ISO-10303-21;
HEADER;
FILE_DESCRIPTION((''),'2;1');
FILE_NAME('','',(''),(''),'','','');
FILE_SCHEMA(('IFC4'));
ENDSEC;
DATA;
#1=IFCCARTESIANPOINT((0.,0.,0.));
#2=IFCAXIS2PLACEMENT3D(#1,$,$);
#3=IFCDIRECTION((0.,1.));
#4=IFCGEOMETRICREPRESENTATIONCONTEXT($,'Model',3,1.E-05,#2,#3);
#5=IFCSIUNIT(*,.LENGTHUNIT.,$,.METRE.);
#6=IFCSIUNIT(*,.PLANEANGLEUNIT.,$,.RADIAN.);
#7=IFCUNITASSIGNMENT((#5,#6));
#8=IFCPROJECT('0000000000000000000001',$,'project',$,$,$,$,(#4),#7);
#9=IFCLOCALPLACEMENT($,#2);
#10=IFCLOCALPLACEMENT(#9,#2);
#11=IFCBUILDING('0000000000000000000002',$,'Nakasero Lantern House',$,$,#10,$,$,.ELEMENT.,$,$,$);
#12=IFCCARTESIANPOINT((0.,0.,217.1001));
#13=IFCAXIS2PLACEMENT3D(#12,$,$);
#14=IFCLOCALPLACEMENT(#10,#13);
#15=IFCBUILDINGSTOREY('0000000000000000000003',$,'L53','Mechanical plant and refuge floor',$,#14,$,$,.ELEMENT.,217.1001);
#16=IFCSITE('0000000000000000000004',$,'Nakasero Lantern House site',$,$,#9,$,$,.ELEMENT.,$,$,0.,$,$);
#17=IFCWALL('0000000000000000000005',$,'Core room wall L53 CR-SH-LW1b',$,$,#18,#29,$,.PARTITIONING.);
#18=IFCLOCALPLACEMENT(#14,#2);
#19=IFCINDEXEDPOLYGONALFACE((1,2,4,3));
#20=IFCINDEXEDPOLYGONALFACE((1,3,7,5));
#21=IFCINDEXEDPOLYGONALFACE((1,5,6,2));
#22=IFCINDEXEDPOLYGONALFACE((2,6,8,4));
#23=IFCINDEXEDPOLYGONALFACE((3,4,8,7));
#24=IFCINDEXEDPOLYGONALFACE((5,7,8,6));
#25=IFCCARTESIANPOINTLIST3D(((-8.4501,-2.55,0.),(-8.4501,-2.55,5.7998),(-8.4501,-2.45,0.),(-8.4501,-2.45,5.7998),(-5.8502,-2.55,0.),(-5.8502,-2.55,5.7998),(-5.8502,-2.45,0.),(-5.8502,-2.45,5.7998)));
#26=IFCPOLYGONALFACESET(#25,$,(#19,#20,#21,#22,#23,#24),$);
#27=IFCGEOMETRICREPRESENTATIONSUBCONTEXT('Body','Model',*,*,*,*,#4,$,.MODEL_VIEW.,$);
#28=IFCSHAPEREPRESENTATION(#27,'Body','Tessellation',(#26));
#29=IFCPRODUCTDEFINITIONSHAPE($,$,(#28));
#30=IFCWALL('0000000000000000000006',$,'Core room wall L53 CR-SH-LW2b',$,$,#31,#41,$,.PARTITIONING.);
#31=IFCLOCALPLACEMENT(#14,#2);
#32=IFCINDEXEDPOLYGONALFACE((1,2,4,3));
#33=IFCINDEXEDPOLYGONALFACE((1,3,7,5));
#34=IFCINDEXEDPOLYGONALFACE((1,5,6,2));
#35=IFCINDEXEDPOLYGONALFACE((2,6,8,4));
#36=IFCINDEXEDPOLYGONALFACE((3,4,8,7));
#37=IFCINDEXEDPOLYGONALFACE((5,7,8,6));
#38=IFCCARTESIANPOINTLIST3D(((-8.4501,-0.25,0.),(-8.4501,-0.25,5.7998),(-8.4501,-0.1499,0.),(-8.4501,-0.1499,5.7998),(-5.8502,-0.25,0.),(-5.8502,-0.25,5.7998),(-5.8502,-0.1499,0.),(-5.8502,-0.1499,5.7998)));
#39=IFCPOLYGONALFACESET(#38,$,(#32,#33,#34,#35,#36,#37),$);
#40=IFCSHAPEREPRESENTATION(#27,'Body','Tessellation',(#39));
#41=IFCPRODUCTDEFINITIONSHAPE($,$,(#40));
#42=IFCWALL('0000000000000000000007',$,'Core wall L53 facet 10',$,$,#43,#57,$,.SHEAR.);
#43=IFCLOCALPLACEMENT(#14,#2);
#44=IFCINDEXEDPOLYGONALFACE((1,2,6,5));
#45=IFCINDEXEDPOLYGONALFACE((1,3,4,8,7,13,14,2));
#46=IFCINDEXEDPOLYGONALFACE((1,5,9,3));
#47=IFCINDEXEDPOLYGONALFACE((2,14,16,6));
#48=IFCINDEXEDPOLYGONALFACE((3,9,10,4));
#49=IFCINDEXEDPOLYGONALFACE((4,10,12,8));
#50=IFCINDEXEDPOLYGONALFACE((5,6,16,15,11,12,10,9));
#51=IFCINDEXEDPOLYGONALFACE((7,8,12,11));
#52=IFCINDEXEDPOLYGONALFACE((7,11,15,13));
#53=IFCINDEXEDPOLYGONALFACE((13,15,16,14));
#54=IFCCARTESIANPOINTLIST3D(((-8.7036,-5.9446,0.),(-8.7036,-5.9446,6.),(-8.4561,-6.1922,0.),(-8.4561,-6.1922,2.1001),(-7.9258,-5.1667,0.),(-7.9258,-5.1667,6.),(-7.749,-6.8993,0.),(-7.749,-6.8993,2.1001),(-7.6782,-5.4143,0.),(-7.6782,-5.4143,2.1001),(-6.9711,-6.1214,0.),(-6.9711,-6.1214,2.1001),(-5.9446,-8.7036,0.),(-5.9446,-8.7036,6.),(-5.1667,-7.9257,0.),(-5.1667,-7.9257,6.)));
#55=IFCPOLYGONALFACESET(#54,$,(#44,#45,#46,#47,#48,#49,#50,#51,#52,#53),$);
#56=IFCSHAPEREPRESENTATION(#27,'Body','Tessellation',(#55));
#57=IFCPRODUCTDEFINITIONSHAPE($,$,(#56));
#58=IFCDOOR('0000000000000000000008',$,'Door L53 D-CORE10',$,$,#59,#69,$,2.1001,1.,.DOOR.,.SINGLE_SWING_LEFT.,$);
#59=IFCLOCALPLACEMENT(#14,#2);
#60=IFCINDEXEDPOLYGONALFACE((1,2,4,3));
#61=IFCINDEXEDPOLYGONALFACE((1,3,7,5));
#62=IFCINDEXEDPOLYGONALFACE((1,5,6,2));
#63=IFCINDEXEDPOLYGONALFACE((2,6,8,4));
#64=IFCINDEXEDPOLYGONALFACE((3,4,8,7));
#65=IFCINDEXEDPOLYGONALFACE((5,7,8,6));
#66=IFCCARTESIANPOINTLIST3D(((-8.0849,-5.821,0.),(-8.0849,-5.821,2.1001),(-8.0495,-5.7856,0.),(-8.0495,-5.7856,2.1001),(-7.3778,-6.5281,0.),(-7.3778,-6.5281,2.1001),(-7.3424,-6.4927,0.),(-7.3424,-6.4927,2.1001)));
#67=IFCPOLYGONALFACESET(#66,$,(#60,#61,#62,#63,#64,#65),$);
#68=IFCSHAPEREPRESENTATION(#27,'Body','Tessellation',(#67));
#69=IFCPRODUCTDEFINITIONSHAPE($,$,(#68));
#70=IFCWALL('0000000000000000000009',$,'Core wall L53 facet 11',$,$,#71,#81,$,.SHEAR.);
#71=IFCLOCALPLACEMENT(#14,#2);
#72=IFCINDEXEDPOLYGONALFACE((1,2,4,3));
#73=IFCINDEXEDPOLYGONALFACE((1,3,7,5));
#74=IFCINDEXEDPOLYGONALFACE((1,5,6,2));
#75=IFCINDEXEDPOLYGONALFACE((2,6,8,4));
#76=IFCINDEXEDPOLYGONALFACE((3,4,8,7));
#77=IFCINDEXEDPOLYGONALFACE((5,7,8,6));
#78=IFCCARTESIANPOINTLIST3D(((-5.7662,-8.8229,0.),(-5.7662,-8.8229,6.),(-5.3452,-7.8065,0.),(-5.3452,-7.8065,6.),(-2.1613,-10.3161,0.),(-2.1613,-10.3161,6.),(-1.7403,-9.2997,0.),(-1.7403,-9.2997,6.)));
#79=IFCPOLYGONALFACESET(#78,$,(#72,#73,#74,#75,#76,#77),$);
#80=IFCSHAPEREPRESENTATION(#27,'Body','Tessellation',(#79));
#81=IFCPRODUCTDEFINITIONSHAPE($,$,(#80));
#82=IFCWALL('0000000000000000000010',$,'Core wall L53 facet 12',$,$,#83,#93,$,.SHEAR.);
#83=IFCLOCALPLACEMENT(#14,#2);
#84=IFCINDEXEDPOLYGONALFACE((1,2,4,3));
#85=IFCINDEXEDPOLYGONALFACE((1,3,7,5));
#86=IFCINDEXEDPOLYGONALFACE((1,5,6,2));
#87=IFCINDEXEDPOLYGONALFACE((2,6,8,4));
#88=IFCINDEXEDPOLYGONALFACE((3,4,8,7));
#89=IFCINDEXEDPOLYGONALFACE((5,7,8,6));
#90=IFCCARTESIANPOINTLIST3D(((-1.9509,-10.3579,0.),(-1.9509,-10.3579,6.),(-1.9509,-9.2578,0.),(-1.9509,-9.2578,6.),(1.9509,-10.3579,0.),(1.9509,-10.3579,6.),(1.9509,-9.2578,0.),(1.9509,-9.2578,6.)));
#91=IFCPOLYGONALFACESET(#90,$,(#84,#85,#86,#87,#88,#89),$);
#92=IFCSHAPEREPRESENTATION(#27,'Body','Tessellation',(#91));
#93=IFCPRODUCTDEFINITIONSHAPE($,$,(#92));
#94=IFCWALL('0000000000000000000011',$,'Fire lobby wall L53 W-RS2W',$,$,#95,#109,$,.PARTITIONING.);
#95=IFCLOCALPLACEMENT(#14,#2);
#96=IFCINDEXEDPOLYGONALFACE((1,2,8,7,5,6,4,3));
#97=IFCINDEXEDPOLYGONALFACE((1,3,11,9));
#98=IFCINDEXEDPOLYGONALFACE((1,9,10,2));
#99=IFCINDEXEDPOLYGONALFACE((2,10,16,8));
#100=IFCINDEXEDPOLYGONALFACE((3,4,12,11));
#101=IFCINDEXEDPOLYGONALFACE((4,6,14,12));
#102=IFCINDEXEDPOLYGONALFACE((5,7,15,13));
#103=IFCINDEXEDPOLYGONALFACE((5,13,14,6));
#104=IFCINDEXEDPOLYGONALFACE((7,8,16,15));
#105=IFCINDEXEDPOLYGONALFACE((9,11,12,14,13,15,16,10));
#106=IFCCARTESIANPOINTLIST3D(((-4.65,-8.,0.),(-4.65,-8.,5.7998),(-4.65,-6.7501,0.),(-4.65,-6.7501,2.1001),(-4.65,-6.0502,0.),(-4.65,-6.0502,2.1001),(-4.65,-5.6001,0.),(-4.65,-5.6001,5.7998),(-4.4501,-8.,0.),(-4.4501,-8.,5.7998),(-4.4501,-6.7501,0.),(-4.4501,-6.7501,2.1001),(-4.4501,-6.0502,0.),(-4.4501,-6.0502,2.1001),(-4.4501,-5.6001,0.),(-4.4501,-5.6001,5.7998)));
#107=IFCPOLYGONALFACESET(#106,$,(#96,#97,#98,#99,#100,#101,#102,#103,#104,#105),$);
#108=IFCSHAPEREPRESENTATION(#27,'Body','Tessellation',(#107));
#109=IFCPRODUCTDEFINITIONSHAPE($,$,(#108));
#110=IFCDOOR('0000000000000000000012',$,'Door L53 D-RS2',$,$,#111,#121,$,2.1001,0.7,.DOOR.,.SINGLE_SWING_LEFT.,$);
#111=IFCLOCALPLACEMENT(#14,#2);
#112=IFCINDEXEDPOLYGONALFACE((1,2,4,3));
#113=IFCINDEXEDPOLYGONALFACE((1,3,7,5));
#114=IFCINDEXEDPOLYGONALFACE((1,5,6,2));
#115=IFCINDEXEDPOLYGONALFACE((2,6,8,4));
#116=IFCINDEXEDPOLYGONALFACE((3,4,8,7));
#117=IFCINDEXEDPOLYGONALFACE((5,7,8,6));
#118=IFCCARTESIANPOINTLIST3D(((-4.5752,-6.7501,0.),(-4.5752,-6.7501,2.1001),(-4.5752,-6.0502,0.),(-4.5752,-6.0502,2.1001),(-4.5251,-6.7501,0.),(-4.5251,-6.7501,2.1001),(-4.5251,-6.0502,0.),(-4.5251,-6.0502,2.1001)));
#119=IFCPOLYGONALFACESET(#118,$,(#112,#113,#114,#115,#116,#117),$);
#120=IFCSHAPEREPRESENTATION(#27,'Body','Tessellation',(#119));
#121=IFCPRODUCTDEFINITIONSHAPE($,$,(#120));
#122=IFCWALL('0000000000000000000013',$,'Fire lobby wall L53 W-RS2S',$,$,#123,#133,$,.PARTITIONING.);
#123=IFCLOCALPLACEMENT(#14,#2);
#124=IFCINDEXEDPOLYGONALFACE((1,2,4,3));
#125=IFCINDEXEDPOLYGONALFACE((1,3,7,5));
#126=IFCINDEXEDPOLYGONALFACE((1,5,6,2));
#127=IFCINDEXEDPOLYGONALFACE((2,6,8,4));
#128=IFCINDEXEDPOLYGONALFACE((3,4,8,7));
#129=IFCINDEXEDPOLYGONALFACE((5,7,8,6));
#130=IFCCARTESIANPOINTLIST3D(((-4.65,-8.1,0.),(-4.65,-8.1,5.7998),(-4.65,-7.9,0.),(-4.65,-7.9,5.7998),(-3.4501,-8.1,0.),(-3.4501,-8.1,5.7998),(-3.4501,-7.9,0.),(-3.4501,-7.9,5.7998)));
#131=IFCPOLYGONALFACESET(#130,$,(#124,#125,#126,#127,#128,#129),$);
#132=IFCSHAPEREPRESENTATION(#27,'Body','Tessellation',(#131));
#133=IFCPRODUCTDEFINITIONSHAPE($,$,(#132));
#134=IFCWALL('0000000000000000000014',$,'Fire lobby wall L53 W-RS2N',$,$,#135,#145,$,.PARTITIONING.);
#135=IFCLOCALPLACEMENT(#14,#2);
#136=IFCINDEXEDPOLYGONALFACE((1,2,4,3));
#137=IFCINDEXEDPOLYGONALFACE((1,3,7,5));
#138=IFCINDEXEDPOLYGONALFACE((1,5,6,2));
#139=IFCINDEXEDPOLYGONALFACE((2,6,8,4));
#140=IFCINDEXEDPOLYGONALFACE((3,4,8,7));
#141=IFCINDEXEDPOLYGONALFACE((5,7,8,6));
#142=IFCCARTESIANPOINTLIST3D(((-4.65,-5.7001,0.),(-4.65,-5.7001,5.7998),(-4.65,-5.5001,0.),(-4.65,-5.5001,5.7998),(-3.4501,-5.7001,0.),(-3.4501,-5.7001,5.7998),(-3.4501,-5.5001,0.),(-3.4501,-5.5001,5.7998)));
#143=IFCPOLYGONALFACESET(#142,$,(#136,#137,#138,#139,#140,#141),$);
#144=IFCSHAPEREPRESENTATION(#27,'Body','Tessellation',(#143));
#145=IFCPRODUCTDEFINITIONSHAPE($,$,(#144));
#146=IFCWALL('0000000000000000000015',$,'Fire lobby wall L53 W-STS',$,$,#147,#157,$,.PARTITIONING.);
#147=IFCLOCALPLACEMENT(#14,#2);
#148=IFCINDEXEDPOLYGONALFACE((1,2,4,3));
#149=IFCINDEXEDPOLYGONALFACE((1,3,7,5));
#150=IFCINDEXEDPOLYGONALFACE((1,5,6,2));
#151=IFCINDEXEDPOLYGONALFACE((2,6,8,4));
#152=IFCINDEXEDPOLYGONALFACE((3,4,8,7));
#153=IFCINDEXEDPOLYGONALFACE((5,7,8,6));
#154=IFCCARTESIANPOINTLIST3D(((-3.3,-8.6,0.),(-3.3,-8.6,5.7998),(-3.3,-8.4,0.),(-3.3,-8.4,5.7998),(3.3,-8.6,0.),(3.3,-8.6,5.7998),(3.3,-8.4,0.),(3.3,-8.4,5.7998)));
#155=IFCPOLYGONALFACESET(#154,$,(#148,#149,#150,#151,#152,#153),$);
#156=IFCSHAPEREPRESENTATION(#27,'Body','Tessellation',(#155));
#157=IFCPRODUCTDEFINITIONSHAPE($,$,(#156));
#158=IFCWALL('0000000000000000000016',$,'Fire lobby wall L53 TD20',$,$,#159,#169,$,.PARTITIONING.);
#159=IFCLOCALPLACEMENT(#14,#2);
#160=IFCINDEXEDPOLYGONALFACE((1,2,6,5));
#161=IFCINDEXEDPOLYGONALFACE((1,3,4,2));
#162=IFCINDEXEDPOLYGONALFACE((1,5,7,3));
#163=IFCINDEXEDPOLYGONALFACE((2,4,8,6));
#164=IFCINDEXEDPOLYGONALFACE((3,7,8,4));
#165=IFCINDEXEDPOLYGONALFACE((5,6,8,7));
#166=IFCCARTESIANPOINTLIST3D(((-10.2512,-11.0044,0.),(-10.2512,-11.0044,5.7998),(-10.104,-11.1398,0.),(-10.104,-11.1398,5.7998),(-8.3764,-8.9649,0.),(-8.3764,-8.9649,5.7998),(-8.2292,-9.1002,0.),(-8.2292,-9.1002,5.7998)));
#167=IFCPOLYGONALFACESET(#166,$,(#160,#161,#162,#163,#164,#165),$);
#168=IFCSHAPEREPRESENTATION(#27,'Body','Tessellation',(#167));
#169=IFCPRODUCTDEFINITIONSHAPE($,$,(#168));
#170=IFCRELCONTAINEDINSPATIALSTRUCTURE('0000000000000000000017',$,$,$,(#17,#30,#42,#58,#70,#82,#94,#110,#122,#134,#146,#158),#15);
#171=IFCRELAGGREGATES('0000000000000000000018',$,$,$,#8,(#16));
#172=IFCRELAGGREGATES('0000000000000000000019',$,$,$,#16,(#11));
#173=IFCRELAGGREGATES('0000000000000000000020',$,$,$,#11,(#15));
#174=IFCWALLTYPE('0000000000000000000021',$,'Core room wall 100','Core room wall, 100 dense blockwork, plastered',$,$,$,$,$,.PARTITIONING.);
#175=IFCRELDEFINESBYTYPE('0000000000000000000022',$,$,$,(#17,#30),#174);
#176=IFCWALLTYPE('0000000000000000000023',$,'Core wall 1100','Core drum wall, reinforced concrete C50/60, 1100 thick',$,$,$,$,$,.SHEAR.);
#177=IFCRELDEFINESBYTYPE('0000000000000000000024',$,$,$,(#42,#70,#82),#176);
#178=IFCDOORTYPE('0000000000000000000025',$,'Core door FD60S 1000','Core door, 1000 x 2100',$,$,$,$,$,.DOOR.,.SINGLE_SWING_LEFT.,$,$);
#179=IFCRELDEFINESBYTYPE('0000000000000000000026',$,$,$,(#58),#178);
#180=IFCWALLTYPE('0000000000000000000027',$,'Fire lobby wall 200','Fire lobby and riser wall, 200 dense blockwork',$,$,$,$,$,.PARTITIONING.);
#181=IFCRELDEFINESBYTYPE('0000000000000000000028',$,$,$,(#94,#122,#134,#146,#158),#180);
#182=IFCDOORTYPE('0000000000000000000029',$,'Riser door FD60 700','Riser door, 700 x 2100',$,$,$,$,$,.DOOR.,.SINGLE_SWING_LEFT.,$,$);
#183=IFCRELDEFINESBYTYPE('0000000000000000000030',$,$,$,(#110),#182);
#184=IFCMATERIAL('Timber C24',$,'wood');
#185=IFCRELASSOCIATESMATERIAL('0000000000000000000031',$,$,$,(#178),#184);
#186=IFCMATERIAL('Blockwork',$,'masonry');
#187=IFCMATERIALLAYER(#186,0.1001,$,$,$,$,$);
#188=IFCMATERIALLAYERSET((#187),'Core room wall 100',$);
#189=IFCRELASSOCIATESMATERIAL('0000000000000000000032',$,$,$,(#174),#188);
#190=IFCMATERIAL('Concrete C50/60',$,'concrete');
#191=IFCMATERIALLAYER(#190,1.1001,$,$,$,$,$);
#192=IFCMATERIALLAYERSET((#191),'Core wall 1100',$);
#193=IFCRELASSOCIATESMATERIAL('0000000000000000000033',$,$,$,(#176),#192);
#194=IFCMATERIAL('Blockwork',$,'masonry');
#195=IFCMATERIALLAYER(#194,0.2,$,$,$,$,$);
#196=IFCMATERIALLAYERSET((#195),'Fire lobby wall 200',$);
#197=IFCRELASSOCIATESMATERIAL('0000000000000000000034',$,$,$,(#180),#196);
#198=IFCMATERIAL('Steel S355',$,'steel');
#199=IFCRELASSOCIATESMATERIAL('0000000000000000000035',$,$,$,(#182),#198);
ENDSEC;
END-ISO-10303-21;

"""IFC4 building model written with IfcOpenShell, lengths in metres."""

from ifc_helpers import new_model, si_unit, direction, frame, frame_2d, origin, place, context, subcontext, project, spatial, rectangle, extrude, material, layer, layer_set, type_object, element, fill, save


model = new_model("IFC4")

# Units and contexts
model_context = context("Model", 3, precision=1e-05, world=origin(), true_north=direction((0.0, 1.0)))
body_context = subcontext(model_context, "Body", "Model", "MODEL_VIEW")
ifc_project = project(units=[si_unit("LENGTHUNIT", "METRE"), si_unit("PLANEANGLEUNIT", "RADIAN")], contexts=[model_context])

# Site, building, storey
site_placement = place(None, origin())
site = spatial("IfcSite", under=ifc_project, at=site_placement, Name="Nakasero Lantern House site", CompositionType="ELEMENT", RefElevation=0.0)
building_placement = place(site_placement, origin())
building = spatial("IfcBuilding", under=site, at=building_placement, Name="Nakasero Lantern House", CompositionType="ELEMENT")
storey_placement = place(building_placement, frame((0.0, 0.0, 217.1001)))
storey = spatial("IfcBuildingStorey", under=building, at=storey_placement, Name="L53", Description="Mechanical plant and refuge floor", CompositionType="ELEMENT", Elevation=217.1001)

# Shared definitions
ifc_material_1 = material(Name="Timber C24", Category="wood")
door_type_1 = type_object("IfcDoorType", Name="Core door FD60S 1000", Description="Core door, 1000 x 2100", OperationType="SINGLE_SWING_LEFT", PredefinedType="DOOR", material=ifc_material_1)

# Walls
ifc_material_2 = material(Name="Blockwork", Category="masonry")
ifc_layer_1 = layer(ifc_material_2, 0.1001)
ifc_layer_set_1 = layer_set([ifc_layer_1], Name="Core room wall 100")
wall_type_1 = type_object("IfcWallType", Name="Core room wall 100", Description="Core room wall, 100 dense blockwork, plastered", PredefinedType="PARTITIONING", material=ifc_layer_set_1)
for number, where, z_axis, x_axis, name in (
    (1, (-8.45, -2.5, 0.0), (0.0, 0.0, 1.0), (1.0, 0.0, 0.0), "Core room wall L53 CR-SH-LW1b"),
    (2, (-8.45, -0.2, 0.0), (0.0, 0.0, 1.0), (1.0, 0.0, 0.0), "Core room wall L53 CR-SH-LW2b"),
):
    element("IfcWall", number, at=place(storey_placement, frame(where, z_axis=z_axis, x_axis=x_axis)), inside=storey, type_object=wall_type_1, Name=name, PredefinedType="PARTITIONING", context=body_context, shape_type="SweptSolid", body=[
        extrude(rectangle(XDim=2.5999, YDim=0.1001, at=frame_2d((1.2998, 0.0))), origin(), (0.0, 0.0, 1.0), 5.7998),
    ])

# Wall, opening, door
ifc_material_3 = material(Name="Concrete C50/60", Category="concrete")
ifc_layer_2 = layer(ifc_material_3, 1.1001)
ifc_layer_set_2 = layer_set([ifc_layer_2], Name="Core wall 1100")
wall_type_2 = type_object("IfcWallType", Name="Core wall 1100", Description="Core drum wall, reinforced concrete C50/60, 1100 thick", PredefinedType="SHEAR", material=ifc_layer_set_2)
wall_1_placement = place(storey_placement, frame((-8.3147, -5.5557, 0.0), z_axis=(0.0, 0.0, 1.0), x_axis=(0.707107, -0.707107, 0.0)))
wall_1 = element("IfcWall", 3, at=wall_1_placement, inside=storey, type_object=wall_type_2, Name="Core wall L53 facet 10", PredefinedType="SHEAR", context=body_context, shape_type="SweptSolid", body=[
    extrude(rectangle(XDim=3.9019, YDim=1.1001, at=frame_2d((1.9509, 0.0))), origin(), (0.0, 0.0, 1.0), 6.0),
])
opening_1_placement = place(wall_1_placement, frame((0.3501, 0.0, 0.0)))
opening_1 = element("IfcOpeningElement", 4, at=opening_1_placement, cuts=wall_1, PredefinedType="OPENING", context=body_context, shape_type="SweptSolid", body=[
    extrude(rectangle(XDim=1.0, YDim=2.1001, at=frame_2d((0.5, 1.05))), frame((0.0, 0.5701, 0.0), z_axis=(0.0, -1.0, 0.0), x_axis=(1.0, 0.0, 0.0)), (0.0, 0.0, 1.0), 1.1401),
])
door_1_placement = place(opening_1_placement, origin())
door_1 = element("IfcDoor", 5, at=door_1_placement, inside=storey, type_object=door_type_1, Name="Door L53 D-CORE10", OperationType="SINGLE_SWING_LEFT", OverallHeight=2.1001, OverallWidth=1.0, PredefinedType="DOOR", context=body_context, shape_type="SweptSolid", body=[
    extrude(rectangle(XDim=1.0, YDim=2.1001, at=frame_2d((0.5, 1.05))), frame((0.0, 0.0249, 0.0), z_axis=(0.0, -1.0, 0.0), x_axis=(1.0, 0.0, 0.0)), (0.0, 0.0, 1.0), 0.05),
])
fill(opening_1, door_1)

# Walls
for number, where, z_axis, x_axis, name in (
    (6, (-5.5557, -8.3147, 0.0), (0.0, 0.0, 1.0), (0.923877, -0.382691, 0.0), "Core wall L53 facet 11"),
    (7, (-1.9509, -9.8079, 0.0), (0.0, 0.0, 1.0), (1.0, 0.0, 0.0), "Core wall L53 facet 12"),
):
    element("IfcWall", number, at=place(storey_placement, frame(where, z_axis=z_axis, x_axis=x_axis)), inside=storey, type_object=wall_type_2, Name=name, PredefinedType="SHEAR", context=body_context, shape_type="SweptSolid", body=[
        extrude(rectangle(XDim=3.9019, YDim=1.1001, at=frame_2d((1.9509, 0.0))), origin(), (0.0, 0.0, 1.0), 6.0),
    ])

# Wall, opening, door
ifc_material_4 = material(Name="Blockwork", Category="masonry")
ifc_layer_3 = layer(ifc_material_4, 0.2)
ifc_layer_set_3 = layer_set([ifc_layer_3], Name="Fire lobby wall 200")
wall_type_3 = type_object("IfcWallType", Name="Fire lobby wall 200", Description="Fire lobby and riser wall, 200 dense blockwork", PredefinedType="PARTITIONING", material=ifc_layer_set_3)
wall_2_placement = place(storey_placement, frame((-4.55, -5.6001, 0.0), z_axis=(0.0, 0.0, 1.0), x_axis=(0.0, -1.0, 0.0)))
wall_2 = element("IfcWall", 8, at=wall_2_placement, inside=storey, type_object=wall_type_3, Name="Fire lobby wall L53 W-RS2W", PredefinedType="PARTITIONING", context=body_context, shape_type="SweptSolid", body=[
    extrude(rectangle(XDim=2.3999, YDim=0.2, at=frame_2d((1.2, 0.0))), origin(), (0.0, 0.0, 1.0), 5.7998),
])
opening_2_placement = place(wall_2_placement, frame((0.45, 0.0, 0.0)))
opening_2 = element("IfcOpeningElement", 9, at=opening_2_placement, cuts=wall_2, PredefinedType="OPENING", context=body_context, shape_type="SweptSolid", body=[
    extrude(rectangle(XDim=0.7, YDim=2.1001, at=frame_2d((0.3501, 1.05))), frame((0.0, 0.1199, 0.0), z_axis=(0.0, -1.0, 0.0), x_axis=(1.0, 0.0, 0.0)), (0.0, 0.0, 1.0), 0.24),
])
ifc_material_5 = material(Name="Steel S355", Category="steel")
door_type_2 = type_object("IfcDoorType", Name="Riser door FD60 700", Description="Riser door, 700 x 2100", OperationType="SINGLE_SWING_LEFT", PredefinedType="DOOR", material=ifc_material_5)
door_2_placement = place(opening_2_placement, origin())
door_2 = element("IfcDoor", 10, at=door_2_placement, inside=storey, type_object=door_type_2, Name="Door L53 D-RS2", OperationType="SINGLE_SWING_LEFT", OverallHeight=2.1001, OverallWidth=0.7, PredefinedType="DOOR", context=body_context, shape_type="SweptSolid", body=[
    extrude(rectangle(XDim=0.7, YDim=2.1001, at=frame_2d((0.3501, 1.05))), frame((0.0, 0.0249, 0.0), z_axis=(0.0, -1.0, 0.0), x_axis=(1.0, 0.0, 0.0)), (0.0, 0.0, 1.0), 0.05),
])
fill(opening_2, door_2)

# Walls
for number, where, z_axis, x_axis, name in (
    (11, (-3.45, -8.0, 0.0), (0.0, 0.0, 1.0), (-1.0, 0.0, 0.0), "Fire lobby wall L53 W-RS2S"),
    (12, (-3.45, -5.6001, 0.0), (0.0, 0.0, 1.0), (-1.0, 0.0, 0.0), "Fire lobby wall L53 W-RS2N"),
):
    element("IfcWall", number, at=place(storey_placement, frame(where, z_axis=z_axis, x_axis=x_axis)), inside=storey, type_object=wall_type_3, Name=name, PredefinedType="PARTITIONING", context=body_context, shape_type="SweptSolid", body=[
        extrude(rectangle(XDim=1.2, YDim=0.2, at=frame_2d((0.6001, 0.0))), origin(), (0.0, 0.0, 1.0), 5.7998),
    ])
wall_3_placement = place(storey_placement, frame((-3.3, -8.5, 0.0), z_axis=(0.0, 0.0, 1.0), x_axis=(1.0, 0.0, 0.0)))
element("IfcWall", 13, at=wall_3_placement, inside=storey, type_object=wall_type_3, Name="Fire lobby wall L53 W-STS", PredefinedType="PARTITIONING", context=body_context, shape_type="SweptSolid", body=[
    extrude(rectangle(XDim=6.6001, YDim=0.2, at=frame_2d((3.3, 0.0))), origin(), (0.0, 0.0, 1.0), 5.7998),
])
wall_4_placement = place(storey_placement, frame((-8.3027, -9.0325, 0.0), z_axis=(0.0, 0.0, 1.0), x_axis=(-0.676738, -0.736224, 0.0)))
element("IfcWall", 14, at=wall_4_placement, inside=storey, type_object=wall_type_3, Name="Fire lobby wall L53 TD20", PredefinedType="PARTITIONING", context=body_context, shape_type="SweptSolid", body=[
    extrude(rectangle(XDim=2.7703, YDim=0.2, at=frame_2d((1.3853, 0.0))), origin(), (0.0, 0.0, 1.0), 5.7998),
])

save(model, "model.ifc")
